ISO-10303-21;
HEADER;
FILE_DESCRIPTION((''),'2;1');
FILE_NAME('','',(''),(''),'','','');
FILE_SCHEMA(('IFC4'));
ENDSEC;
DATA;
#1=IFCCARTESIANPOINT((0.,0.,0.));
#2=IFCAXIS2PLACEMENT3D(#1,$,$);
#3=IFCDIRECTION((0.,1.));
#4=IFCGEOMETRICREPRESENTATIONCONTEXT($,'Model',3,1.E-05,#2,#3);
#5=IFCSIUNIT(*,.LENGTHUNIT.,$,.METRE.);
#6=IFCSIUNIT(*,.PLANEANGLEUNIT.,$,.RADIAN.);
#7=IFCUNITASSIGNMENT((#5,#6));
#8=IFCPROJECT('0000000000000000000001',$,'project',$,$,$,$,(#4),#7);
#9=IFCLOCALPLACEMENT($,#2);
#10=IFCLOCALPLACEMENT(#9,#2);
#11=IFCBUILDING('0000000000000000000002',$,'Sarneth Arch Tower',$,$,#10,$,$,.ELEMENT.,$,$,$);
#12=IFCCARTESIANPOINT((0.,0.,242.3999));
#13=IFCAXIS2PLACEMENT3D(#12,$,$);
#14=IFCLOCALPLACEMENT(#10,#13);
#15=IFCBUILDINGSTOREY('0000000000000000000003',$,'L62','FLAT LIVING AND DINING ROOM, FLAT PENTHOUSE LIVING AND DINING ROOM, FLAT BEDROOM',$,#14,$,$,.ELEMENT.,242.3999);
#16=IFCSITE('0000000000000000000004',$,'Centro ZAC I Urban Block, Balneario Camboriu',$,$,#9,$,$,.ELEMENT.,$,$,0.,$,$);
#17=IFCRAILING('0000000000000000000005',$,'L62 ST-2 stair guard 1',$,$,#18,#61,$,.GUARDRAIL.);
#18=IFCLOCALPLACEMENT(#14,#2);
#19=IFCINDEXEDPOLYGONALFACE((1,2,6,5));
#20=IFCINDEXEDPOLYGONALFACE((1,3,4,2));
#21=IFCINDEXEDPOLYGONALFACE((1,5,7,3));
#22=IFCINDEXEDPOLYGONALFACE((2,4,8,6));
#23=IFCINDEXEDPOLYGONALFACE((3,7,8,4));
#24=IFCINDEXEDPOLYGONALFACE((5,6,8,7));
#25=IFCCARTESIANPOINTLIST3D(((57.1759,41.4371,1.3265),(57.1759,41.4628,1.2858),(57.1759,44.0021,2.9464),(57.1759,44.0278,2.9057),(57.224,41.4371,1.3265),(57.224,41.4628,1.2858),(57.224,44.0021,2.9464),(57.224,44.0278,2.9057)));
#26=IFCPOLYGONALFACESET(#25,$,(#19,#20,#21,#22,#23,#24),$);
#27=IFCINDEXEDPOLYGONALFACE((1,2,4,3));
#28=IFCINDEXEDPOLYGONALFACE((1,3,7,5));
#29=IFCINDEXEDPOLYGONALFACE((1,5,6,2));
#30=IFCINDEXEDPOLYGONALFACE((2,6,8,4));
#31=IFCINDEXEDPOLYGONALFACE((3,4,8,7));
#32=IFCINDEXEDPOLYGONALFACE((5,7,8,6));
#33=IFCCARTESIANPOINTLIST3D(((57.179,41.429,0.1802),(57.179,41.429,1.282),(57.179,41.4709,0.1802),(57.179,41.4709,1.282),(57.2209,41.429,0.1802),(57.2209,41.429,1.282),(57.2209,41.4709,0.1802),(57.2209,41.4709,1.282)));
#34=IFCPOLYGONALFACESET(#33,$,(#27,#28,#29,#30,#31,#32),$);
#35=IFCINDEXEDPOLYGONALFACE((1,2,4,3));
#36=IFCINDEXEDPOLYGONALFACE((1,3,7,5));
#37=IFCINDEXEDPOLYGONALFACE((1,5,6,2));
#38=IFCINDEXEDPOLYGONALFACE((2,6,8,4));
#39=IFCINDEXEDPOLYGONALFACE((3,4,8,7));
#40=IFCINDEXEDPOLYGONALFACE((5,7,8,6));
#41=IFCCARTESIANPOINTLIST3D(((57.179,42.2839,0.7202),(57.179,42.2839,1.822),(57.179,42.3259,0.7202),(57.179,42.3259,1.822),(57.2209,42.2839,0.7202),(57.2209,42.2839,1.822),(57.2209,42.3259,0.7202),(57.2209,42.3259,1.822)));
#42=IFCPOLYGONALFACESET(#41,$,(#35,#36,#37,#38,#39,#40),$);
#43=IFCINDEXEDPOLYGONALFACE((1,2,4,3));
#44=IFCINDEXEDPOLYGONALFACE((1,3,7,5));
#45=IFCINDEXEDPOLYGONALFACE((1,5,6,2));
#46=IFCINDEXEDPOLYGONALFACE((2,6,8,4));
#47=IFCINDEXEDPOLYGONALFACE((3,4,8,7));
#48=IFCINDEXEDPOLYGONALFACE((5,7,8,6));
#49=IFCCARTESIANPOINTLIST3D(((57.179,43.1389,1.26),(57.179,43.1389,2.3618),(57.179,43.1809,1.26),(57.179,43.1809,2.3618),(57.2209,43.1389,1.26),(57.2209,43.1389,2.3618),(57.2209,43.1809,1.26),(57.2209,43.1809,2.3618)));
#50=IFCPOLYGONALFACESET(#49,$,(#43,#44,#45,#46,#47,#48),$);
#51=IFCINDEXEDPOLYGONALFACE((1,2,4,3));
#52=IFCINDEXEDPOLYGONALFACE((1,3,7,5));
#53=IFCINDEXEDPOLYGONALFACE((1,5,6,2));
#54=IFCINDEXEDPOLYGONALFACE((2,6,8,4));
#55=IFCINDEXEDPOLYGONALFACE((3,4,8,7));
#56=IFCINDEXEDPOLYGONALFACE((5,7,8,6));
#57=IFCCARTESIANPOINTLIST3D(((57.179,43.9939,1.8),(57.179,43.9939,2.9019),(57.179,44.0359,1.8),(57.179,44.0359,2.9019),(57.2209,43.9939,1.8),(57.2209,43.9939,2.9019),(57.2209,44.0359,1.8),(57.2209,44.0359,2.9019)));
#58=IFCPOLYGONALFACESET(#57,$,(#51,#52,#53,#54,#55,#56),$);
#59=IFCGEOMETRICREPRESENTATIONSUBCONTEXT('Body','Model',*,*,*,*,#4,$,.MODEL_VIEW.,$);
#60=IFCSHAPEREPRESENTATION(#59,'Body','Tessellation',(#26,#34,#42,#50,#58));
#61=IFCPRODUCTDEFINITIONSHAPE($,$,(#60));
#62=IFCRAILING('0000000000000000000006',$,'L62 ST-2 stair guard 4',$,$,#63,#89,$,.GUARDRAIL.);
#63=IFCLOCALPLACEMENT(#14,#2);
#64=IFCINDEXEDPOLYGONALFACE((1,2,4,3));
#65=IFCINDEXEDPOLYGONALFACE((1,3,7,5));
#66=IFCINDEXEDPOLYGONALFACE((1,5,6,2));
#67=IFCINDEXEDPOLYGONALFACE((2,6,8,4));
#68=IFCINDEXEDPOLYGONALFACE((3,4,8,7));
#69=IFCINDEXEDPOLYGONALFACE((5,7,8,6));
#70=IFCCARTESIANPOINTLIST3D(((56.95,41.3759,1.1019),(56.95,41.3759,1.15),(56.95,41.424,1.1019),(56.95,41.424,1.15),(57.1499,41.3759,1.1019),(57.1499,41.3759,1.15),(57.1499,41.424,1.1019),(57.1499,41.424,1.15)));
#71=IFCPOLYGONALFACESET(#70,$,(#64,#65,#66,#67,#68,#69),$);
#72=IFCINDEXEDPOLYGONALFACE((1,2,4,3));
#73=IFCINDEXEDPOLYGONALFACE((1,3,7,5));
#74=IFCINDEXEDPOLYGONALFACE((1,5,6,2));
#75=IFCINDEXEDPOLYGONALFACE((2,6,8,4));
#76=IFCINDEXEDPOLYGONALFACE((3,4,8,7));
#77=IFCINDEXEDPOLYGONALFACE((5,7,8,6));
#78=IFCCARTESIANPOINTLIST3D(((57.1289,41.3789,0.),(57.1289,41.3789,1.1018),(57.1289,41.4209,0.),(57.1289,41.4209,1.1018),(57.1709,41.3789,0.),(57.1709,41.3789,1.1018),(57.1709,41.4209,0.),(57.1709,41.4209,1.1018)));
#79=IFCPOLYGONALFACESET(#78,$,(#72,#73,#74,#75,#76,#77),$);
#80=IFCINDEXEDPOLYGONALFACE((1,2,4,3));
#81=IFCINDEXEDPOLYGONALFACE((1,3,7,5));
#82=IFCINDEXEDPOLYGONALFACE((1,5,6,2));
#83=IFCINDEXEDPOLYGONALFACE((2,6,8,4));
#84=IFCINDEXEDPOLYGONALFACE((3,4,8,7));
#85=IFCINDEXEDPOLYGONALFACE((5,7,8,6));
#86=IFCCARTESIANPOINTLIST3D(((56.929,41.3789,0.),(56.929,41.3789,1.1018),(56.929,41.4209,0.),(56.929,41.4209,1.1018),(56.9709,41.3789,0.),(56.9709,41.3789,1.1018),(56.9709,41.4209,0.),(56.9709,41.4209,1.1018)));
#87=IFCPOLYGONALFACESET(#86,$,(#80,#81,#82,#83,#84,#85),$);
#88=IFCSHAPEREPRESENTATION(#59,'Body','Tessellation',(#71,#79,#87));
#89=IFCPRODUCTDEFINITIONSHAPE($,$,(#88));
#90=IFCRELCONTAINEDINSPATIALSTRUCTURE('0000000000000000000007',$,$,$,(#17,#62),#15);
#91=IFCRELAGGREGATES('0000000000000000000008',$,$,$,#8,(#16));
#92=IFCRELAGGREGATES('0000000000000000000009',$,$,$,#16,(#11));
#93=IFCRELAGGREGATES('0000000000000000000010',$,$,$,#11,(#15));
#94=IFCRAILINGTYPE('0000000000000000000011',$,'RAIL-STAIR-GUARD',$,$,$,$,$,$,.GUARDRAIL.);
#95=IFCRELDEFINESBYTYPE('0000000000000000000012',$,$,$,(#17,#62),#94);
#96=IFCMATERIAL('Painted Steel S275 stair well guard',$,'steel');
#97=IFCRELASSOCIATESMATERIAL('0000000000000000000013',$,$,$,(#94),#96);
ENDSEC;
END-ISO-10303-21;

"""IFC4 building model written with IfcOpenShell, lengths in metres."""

from ifc_helpers import new_model, si_unit, direction, frame, origin, origin_2d, place, context, subcontext, project, spatial, rectangle, extrude, material, type_object, element, save


model = new_model("IFC4")

# Units and contexts
model_context = context("Model", 3, precision=1e-05, world=origin(), true_north=direction((0.0, 1.0)))
body_context = subcontext(model_context, "Body", "Model", "MODEL_VIEW")
ifc_project = project(units=[si_unit("LENGTHUNIT", "METRE"), si_unit("PLANEANGLEUNIT", "RADIAN")], contexts=[model_context])

# Site, building, storey
site_placement = place(None, origin())
site = spatial("IfcSite", under=ifc_project, at=site_placement, Name="Centro ZAC I Urban Block, Balneario Camboriu", CompositionType="ELEMENT", RefElevation=0.0)
building_placement = place(site_placement, origin())
building = spatial("IfcBuilding", under=site, at=building_placement, Name="Sarneth Arch Tower", CompositionType="ELEMENT")
storey_placement = place(building_placement, frame((0.0, 0.0, 242.3999)))
storey = spatial("IfcBuildingStorey", under=building, at=storey_placement, Name="L62", Description="FLAT LIVING AND DINING ROOM, FLAT PENTHOUSE LIVING AND DINING ROOM, FLAT BEDROOM", CompositionType="ELEMENT", Elevation=242.3999)

# Railings
ifc_material_1 = material(Name="Painted Steel S275 stair well guard", Category="steel")
railing_type_1 = type_object("IfcRailingType", Name="RAIL-STAIR-GUARD", PredefinedType="GUARDRAIL", material=ifc_material_1)
railing_1_placement = place(storey_placement, frame((57.2, 41.45, 0.1802)))
element("IfcRailing", 1, at=railing_1_placement, inside=storey, type_object=railing_type_1, Name="L62 ST-2 stair guard 1", PredefinedType="GUARDRAIL", context=body_context, shape_type="SweptSolid", body=[
    extrude(rectangle(XDim=0.0481, YDim=0.0481, at=origin_2d()), frame((0.0, 0.0, 1.126), z_axis=(0.0, 0.845502, 0.533972), x_axis=(-1.0, 0.0, 0.0)), (0.0, 0.0, 1.0), 3.0337),
    extrude(rectangle(XDim=0.042, YDim=0.042, at=origin_2d()), origin(), (0.0, 0.0, 1.0), 1.1018),
    extrude(rectangle(XDim=0.042, YDim=0.042, at=origin_2d()), frame((0.0, 0.855, 0.54)), (0.0, 0.0, 1.0), 1.1018),
    extrude(rectangle(XDim=0.042, YDim=0.042, at=origin_2d()), frame((0.0, 1.71, 1.0798)), (0.0, 0.0, 1.0), 1.1018),
    extrude(rectangle(XDim=0.042, YDim=0.042, at=origin_2d()), frame((0.0, 2.5649, 1.6199)), (0.0, 0.0, 1.0), 1.1018),
])
railing_2_placement = place(storey_placement, frame((57.1499, 41.3999, 0.0)))
element("IfcRailing", 2, at=railing_2_placement, inside=storey, type_object=railing_type_1, Name="L62 ST-2 stair guard 4", PredefinedType="GUARDRAIL", context=body_context, shape_type="SweptSolid", body=[
    extrude(rectangle(XDim=0.0481, YDim=0.0481, at=origin_2d()), frame((0.0, 0.0, 1.126), z_axis=(-1.0, 0.0, 0.0), x_axis=(0.0, -1.0, 0.0)), (0.0, 0.0, 1.0), 0.2),
    extrude(rectangle(XDim=0.042, YDim=0.042, at=origin_2d()), origin(), (0.0, 0.0, 1.0), 1.1018),
    extrude(rectangle(XDim=0.042, YDim=0.042, at=origin_2d()), frame((-0.2, 0.0, 0.0)), (0.0, 0.0, 1.0), 1.1018),
])

save(model, "model.ifc")
